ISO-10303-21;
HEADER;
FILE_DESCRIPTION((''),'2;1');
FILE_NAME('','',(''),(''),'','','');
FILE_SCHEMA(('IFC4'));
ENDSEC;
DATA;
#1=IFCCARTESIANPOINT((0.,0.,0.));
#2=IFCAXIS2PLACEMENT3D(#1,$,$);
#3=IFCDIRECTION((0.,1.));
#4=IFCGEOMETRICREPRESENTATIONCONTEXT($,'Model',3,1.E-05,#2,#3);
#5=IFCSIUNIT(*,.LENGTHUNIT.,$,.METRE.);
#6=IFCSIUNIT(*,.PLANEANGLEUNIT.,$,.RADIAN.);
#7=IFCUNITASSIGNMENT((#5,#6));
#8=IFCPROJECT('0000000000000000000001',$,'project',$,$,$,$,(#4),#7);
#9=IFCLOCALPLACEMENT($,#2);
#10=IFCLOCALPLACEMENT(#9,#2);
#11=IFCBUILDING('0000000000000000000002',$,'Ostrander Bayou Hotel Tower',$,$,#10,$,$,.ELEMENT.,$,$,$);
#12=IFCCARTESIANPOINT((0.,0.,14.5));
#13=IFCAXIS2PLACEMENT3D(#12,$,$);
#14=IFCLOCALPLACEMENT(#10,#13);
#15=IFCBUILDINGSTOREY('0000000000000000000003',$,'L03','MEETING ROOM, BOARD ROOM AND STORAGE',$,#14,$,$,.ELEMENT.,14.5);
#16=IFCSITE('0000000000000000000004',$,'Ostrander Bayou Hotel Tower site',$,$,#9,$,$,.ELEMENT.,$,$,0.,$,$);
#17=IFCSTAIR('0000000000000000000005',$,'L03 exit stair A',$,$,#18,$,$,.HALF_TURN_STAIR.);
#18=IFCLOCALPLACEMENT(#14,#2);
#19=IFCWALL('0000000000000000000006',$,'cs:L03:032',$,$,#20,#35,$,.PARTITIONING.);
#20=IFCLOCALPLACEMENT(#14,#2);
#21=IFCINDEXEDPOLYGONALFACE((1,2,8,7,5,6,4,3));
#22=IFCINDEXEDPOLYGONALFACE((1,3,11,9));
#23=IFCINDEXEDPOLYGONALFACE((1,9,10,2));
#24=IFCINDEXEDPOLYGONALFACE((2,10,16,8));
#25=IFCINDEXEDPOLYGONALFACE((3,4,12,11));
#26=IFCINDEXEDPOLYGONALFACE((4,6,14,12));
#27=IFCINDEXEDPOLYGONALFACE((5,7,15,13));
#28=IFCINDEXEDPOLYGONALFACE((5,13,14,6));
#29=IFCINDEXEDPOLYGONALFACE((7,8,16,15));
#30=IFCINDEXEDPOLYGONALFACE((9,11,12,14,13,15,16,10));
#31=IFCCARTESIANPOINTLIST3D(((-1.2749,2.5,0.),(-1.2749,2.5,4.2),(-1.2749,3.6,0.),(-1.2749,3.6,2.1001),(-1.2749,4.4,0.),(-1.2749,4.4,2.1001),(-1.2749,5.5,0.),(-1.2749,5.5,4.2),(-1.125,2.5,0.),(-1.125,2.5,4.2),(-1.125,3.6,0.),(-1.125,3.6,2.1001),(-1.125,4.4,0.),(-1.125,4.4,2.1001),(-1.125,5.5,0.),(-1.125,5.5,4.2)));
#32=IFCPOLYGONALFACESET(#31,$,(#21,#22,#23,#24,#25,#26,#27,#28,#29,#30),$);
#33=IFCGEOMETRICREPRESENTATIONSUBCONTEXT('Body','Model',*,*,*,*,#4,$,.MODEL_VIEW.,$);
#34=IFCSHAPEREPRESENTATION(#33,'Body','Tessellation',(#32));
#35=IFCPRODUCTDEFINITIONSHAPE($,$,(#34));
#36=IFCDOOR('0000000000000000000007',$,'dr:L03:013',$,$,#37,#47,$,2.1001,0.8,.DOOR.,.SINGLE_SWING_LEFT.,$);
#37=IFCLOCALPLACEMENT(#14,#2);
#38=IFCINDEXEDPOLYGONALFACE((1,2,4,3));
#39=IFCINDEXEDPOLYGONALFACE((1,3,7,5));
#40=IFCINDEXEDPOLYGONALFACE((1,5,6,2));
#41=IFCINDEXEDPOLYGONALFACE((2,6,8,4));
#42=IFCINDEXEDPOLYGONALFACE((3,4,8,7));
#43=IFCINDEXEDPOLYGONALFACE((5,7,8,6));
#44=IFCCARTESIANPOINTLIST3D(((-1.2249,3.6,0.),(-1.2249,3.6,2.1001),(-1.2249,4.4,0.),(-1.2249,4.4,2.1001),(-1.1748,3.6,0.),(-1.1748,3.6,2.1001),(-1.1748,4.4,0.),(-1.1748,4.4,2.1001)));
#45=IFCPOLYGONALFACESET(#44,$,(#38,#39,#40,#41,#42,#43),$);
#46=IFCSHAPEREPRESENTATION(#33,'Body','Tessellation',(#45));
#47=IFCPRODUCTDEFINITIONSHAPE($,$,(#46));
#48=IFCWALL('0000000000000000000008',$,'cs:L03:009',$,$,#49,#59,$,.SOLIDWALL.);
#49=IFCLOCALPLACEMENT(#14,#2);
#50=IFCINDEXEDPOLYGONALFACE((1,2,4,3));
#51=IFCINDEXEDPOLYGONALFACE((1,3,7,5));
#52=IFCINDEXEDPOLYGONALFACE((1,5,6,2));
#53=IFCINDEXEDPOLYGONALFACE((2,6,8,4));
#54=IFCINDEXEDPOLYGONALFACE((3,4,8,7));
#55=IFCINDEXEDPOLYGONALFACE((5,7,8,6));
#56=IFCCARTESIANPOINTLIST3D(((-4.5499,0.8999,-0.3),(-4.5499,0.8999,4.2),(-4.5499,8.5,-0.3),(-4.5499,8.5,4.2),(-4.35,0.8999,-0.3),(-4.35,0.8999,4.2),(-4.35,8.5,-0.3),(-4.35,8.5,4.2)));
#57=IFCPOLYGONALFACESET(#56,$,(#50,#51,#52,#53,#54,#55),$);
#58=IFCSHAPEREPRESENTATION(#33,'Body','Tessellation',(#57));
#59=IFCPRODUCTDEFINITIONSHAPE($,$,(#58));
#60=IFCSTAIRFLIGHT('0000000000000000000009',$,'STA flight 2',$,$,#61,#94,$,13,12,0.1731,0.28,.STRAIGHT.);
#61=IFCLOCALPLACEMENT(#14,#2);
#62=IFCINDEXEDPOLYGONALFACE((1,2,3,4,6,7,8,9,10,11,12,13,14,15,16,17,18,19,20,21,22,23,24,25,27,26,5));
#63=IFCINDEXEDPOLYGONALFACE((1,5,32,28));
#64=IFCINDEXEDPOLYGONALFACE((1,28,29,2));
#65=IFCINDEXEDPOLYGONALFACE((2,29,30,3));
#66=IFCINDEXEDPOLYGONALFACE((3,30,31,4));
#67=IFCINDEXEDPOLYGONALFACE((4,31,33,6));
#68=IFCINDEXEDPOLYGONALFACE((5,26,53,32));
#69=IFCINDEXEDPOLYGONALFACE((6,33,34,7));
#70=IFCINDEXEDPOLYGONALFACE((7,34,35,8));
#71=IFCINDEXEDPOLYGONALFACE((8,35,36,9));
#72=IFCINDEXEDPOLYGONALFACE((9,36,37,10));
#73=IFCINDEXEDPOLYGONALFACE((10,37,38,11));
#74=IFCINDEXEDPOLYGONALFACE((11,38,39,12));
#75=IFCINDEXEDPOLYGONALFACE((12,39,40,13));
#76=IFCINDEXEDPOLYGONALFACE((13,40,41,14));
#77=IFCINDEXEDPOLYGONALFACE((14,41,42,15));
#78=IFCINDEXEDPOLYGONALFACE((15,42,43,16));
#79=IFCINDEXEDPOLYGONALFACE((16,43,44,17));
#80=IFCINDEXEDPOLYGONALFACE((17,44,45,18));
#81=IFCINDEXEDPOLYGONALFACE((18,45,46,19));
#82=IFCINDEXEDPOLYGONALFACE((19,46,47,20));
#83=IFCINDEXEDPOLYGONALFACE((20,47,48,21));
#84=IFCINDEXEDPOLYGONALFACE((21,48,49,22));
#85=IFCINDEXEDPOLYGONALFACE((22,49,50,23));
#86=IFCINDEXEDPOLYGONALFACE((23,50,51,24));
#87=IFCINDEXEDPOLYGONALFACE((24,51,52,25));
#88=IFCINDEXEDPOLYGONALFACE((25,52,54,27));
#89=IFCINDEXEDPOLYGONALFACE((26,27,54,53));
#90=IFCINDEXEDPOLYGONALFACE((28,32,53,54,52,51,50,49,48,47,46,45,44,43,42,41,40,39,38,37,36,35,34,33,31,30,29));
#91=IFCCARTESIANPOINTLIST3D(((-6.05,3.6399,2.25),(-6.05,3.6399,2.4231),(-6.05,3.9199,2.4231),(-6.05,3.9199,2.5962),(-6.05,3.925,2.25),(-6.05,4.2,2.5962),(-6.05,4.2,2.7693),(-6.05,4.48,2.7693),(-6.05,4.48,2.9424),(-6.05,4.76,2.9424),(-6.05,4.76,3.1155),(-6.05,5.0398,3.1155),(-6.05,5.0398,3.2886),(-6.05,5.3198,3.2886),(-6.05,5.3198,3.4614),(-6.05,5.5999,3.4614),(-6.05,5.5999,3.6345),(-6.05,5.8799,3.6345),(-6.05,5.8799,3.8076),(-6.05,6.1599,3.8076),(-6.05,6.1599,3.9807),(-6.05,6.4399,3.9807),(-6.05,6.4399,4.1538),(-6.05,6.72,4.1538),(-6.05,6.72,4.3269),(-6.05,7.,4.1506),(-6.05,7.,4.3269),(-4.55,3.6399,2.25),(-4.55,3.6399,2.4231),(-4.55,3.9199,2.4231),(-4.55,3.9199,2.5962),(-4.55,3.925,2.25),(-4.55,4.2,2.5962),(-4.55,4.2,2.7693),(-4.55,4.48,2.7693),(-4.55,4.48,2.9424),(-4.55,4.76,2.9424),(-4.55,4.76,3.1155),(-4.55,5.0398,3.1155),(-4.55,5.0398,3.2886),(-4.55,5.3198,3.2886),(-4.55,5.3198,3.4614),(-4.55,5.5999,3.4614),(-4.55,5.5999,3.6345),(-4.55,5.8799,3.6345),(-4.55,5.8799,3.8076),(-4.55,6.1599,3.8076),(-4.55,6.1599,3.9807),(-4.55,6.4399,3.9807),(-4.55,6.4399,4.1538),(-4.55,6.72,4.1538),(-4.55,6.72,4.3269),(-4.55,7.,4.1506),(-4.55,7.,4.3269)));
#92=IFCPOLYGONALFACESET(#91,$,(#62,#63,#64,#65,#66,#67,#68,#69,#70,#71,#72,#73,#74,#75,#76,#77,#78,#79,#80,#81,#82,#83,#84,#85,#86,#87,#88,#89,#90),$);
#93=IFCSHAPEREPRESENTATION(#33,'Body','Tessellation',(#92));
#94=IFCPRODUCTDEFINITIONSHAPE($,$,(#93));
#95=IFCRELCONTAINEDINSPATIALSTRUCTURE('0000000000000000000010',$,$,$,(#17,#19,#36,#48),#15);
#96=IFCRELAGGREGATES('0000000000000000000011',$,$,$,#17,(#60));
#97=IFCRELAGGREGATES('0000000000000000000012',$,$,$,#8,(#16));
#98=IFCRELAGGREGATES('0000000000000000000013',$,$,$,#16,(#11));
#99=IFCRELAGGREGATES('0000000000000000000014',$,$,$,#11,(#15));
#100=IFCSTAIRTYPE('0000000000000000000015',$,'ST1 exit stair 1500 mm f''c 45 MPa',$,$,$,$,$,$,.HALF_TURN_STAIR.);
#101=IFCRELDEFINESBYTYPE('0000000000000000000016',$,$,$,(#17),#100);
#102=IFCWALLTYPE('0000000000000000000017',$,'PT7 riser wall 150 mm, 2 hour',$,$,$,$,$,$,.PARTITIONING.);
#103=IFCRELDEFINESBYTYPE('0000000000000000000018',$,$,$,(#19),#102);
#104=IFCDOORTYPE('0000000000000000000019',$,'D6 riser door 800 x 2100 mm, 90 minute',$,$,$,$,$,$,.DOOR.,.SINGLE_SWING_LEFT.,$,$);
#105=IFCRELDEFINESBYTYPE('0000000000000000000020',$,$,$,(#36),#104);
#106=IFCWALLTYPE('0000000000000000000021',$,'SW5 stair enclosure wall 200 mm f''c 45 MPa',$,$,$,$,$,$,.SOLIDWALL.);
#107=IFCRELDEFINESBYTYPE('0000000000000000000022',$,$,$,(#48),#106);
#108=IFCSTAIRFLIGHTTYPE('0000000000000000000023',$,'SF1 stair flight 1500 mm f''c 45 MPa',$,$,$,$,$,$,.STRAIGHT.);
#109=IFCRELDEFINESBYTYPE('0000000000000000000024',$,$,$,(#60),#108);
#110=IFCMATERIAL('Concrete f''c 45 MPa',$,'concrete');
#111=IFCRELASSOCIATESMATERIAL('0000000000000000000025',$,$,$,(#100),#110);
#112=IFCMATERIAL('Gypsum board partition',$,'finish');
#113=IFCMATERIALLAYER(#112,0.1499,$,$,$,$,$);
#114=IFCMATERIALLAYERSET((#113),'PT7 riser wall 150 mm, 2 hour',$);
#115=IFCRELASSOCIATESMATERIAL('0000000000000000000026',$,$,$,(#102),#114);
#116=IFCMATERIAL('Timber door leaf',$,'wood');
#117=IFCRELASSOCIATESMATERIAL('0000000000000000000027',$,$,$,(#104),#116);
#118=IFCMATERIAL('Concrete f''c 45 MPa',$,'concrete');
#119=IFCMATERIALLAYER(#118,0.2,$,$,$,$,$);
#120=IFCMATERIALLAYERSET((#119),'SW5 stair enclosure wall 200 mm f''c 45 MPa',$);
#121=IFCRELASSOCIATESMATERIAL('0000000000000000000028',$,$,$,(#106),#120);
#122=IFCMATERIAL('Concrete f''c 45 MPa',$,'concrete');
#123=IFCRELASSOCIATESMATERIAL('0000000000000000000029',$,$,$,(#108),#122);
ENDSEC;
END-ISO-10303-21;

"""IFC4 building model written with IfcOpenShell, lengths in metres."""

from ifc_helpers import new_model, si_unit, direction, frame, frame_2d, origin, place, context, subcontext, project, spatial, polyline, rectangle, outline, extrude, material, layer, layer_set, type_object, element, fill, aggregate, save


model = new_model("IFC4")

# Units and contexts
model_context = context("Model", 3, precision=1e-05, world=origin(), true_north=direction((0.0, 1.0)))
body_context = subcontext(model_context, "Body", "Model", "MODEL_VIEW")
ifc_project = project(units=[si_unit("LENGTHUNIT", "METRE"), si_unit("PLANEANGLEUNIT", "RADIAN")], contexts=[model_context])

# Site, building, storey
site_placement = place(None, origin())
site = spatial("IfcSite", under=ifc_project, at=site_placement, Name="Ostrander Bayou Hotel Tower site", CompositionType="ELEMENT", RefElevation=0.0)
building_placement = place(site_placement, origin())
building = spatial("IfcBuilding", under=site, at=building_placement, Name="Ostrander Bayou Hotel Tower", CompositionType="ELEMENT")
storey_placement = place(building_placement, frame((0.0, 0.0, 14.5)))
storey = spatial("IfcBuildingStorey", under=building, at=storey_placement, Name="L03", Description="MEETING ROOM, BOARD ROOM AND STORAGE", CompositionType="ELEMENT", Elevation=14.5)

# Stair
ifc_material_1 = material(Name="Concrete f'c 45 MPa", Category="concrete")
stair_type = type_object("IfcStairType", Name="ST1 exit stair 1500 mm f'c 45 MPa", PredefinedType="HALF_TURN_STAIR", material=ifc_material_1)
stair_1_placement = place(storey_placement, origin())
stair_1 = element("IfcStair", 1, at=stair_1_placement, inside=storey, type_object=stair_type, Name="L03 exit stair A", PredefinedType="HALF_TURN_STAIR")

# Wall, opening, door
ifc_material_2 = material(Name="Gypsum board partition", Category="finish")
ifc_layer_1 = layer(ifc_material_2, 0.1499)
ifc_layer_set_1 = layer_set([ifc_layer_1], Name="PT7 riser wall 150 mm, 2 hour")
wall_type_1 = type_object("IfcWallType", Name="PT7 riser wall 150 mm, 2 hour", PredefinedType="PARTITIONING", material=ifc_layer_set_1)
wall_1_placement = place(storey_placement, frame((-1.2, 2.5, 0.0), z_axis=(0.0, 0.0, 1.0), x_axis=(0.0, 1.0, 0.0)))
wall_1 = element("IfcWall", 2, at=wall_1_placement, inside=storey, type_object=wall_type_1, Name="cs:L03:032", PredefinedType="PARTITIONING", context=body_context, shape_type="SweptSolid", body=[
    extrude(rectangle(XDim=3.0, YDim=0.1499, at=frame_2d((1.5, 0.0))), origin(), (0.0, 0.0, 1.0), 4.2),
])
opening_placement = place(wall_1_placement, frame((1.1001, 0.0, 0.0)))
opening = element("IfcOpeningElement", 3, at=opening_placement, cuts=wall_1, PredefinedType="OPENING", context=body_context, shape_type="SweptSolid", body=[
    extrude(rectangle(XDim=0.8, YDim=2.1001, at=frame_2d((0.3999, 1.05))), frame((0.0, 0.075, 0.0), z_axis=(0.0, -1.0, 0.0), x_axis=(1.0, 0.0, 0.0)), (0.0, 0.0, 1.0), 0.1499),
])
ifc_material_3 = material(Name="Timber door leaf", Category="wood")
door_type = type_object("IfcDoorType", Name="D6 riser door 800 x 2100 mm, 90 minute", OperationType="SINGLE_SWING_LEFT", PredefinedType="DOOR", material=ifc_material_3)
door_placement = place(opening_placement, origin())
door = element("IfcDoor", 4, at=door_placement, inside=storey, type_object=door_type, Name="dr:L03:013", OperationType="SINGLE_SWING_LEFT", OverallHeight=2.1001, OverallWidth=0.8, PredefinedType="DOOR", context=body_context, shape_type="SweptSolid", body=[
    extrude(rectangle(XDim=0.8, YDim=2.1001, at=frame_2d((0.3999, 1.05))), frame((0.0, 0.0249, 0.0), z_axis=(0.0, -1.0, 0.0), x_axis=(1.0, 0.0, 0.0)), (0.0, 0.0, 1.0), 0.05),
])
fill(opening, door)

# Wall
ifc_material_4 = material(Name="Concrete f'c 45 MPa", Category="concrete")
ifc_layer_2 = layer(ifc_material_4, 0.2)
ifc_layer_set_2 = layer_set([ifc_layer_2], Name="SW5 stair enclosure wall 200 mm f'c 45 MPa")
wall_type_2 = type_object("IfcWallType", Name="SW5 stair enclosure wall 200 mm f'c 45 MPa", PredefinedType="SOLIDWALL", material=ifc_layer_set_2)
wall_2_placement = place(storey_placement, frame((-4.45, 0.8999, -0.3), z_axis=(0.0, 0.0, 1.0), x_axis=(0.0, 1.0, 0.0)))
element("IfcWall", 5, at=wall_2_placement, inside=storey, type_object=wall_type_2, Name="cs:L03:009", PredefinedType="SOLIDWALL", context=body_context, shape_type="SweptSolid", body=[
    extrude(rectangle(XDim=7.6001, YDim=0.2, at=frame_2d((3.8, 0.0))), origin(), (0.0, 0.0, 1.0), 4.5),
])

# Stair flight
ifc_material_5 = material(Name="Concrete f'c 45 MPa", Category="concrete")
stair_flight_type = type_object("IfcStairFlightType", Name="SF1 stair flight 1500 mm f'c 45 MPa", PredefinedType="STRAIGHT", material=ifc_material_5)
stair_flight_placement = place(storey_placement, frame((-5.3, 3.6399, 2.25), z_axis=(0.0, 0.0, 1.0), x_axis=(0.0, 1.0, 0.0)))
stair_flight = element("IfcStairFlight", 6, at=stair_flight_placement, type_object=stair_flight_type, Name="STA flight 2", NumberOfRisers=13, NumberOfTreads=12, PredefinedType="STRAIGHT", RiserHeight=0.1731, TreadLength=0.28, context=body_context, shape_type="SweptSolid", body=[
    extrude(outline(polyline([(0.0, 0.0), (0.0, 0.1731), (0.28, 0.1731), (0.28, 0.3462), (0.5601, 0.3462), (0.5601, 0.5193), (0.8401, 0.5193), (0.8401, 0.6924), (1.1201, 0.6924), (1.1201, 0.8655), (1.3999, 0.8655), (1.3999, 1.0386), (1.6799, 1.0386), (1.6799, 1.2114), (1.96, 1.2114), (1.96, 1.3845), (2.24, 1.3845), (2.24, 1.5576), (2.52, 1.5576), (2.52, 1.7307), (2.8, 1.7307), (2.8, 1.9038), (3.0801, 1.9038), (3.0801, 2.0769), (3.3601, 2.0769), (3.3601, 2.25), (3.3601, 1.9006), (0.2852, 0.0), (0.0, 0.0)])), frame((0.0, 0.75, 0.0), z_axis=(0.0, -1.0, 0.0), x_axis=(1.0, 0.0, 0.0)), (0.0, 0.0, 1.0), 1.5),
])
aggregate(stair_1, [stair_flight])

save(model, "model.ifc")
